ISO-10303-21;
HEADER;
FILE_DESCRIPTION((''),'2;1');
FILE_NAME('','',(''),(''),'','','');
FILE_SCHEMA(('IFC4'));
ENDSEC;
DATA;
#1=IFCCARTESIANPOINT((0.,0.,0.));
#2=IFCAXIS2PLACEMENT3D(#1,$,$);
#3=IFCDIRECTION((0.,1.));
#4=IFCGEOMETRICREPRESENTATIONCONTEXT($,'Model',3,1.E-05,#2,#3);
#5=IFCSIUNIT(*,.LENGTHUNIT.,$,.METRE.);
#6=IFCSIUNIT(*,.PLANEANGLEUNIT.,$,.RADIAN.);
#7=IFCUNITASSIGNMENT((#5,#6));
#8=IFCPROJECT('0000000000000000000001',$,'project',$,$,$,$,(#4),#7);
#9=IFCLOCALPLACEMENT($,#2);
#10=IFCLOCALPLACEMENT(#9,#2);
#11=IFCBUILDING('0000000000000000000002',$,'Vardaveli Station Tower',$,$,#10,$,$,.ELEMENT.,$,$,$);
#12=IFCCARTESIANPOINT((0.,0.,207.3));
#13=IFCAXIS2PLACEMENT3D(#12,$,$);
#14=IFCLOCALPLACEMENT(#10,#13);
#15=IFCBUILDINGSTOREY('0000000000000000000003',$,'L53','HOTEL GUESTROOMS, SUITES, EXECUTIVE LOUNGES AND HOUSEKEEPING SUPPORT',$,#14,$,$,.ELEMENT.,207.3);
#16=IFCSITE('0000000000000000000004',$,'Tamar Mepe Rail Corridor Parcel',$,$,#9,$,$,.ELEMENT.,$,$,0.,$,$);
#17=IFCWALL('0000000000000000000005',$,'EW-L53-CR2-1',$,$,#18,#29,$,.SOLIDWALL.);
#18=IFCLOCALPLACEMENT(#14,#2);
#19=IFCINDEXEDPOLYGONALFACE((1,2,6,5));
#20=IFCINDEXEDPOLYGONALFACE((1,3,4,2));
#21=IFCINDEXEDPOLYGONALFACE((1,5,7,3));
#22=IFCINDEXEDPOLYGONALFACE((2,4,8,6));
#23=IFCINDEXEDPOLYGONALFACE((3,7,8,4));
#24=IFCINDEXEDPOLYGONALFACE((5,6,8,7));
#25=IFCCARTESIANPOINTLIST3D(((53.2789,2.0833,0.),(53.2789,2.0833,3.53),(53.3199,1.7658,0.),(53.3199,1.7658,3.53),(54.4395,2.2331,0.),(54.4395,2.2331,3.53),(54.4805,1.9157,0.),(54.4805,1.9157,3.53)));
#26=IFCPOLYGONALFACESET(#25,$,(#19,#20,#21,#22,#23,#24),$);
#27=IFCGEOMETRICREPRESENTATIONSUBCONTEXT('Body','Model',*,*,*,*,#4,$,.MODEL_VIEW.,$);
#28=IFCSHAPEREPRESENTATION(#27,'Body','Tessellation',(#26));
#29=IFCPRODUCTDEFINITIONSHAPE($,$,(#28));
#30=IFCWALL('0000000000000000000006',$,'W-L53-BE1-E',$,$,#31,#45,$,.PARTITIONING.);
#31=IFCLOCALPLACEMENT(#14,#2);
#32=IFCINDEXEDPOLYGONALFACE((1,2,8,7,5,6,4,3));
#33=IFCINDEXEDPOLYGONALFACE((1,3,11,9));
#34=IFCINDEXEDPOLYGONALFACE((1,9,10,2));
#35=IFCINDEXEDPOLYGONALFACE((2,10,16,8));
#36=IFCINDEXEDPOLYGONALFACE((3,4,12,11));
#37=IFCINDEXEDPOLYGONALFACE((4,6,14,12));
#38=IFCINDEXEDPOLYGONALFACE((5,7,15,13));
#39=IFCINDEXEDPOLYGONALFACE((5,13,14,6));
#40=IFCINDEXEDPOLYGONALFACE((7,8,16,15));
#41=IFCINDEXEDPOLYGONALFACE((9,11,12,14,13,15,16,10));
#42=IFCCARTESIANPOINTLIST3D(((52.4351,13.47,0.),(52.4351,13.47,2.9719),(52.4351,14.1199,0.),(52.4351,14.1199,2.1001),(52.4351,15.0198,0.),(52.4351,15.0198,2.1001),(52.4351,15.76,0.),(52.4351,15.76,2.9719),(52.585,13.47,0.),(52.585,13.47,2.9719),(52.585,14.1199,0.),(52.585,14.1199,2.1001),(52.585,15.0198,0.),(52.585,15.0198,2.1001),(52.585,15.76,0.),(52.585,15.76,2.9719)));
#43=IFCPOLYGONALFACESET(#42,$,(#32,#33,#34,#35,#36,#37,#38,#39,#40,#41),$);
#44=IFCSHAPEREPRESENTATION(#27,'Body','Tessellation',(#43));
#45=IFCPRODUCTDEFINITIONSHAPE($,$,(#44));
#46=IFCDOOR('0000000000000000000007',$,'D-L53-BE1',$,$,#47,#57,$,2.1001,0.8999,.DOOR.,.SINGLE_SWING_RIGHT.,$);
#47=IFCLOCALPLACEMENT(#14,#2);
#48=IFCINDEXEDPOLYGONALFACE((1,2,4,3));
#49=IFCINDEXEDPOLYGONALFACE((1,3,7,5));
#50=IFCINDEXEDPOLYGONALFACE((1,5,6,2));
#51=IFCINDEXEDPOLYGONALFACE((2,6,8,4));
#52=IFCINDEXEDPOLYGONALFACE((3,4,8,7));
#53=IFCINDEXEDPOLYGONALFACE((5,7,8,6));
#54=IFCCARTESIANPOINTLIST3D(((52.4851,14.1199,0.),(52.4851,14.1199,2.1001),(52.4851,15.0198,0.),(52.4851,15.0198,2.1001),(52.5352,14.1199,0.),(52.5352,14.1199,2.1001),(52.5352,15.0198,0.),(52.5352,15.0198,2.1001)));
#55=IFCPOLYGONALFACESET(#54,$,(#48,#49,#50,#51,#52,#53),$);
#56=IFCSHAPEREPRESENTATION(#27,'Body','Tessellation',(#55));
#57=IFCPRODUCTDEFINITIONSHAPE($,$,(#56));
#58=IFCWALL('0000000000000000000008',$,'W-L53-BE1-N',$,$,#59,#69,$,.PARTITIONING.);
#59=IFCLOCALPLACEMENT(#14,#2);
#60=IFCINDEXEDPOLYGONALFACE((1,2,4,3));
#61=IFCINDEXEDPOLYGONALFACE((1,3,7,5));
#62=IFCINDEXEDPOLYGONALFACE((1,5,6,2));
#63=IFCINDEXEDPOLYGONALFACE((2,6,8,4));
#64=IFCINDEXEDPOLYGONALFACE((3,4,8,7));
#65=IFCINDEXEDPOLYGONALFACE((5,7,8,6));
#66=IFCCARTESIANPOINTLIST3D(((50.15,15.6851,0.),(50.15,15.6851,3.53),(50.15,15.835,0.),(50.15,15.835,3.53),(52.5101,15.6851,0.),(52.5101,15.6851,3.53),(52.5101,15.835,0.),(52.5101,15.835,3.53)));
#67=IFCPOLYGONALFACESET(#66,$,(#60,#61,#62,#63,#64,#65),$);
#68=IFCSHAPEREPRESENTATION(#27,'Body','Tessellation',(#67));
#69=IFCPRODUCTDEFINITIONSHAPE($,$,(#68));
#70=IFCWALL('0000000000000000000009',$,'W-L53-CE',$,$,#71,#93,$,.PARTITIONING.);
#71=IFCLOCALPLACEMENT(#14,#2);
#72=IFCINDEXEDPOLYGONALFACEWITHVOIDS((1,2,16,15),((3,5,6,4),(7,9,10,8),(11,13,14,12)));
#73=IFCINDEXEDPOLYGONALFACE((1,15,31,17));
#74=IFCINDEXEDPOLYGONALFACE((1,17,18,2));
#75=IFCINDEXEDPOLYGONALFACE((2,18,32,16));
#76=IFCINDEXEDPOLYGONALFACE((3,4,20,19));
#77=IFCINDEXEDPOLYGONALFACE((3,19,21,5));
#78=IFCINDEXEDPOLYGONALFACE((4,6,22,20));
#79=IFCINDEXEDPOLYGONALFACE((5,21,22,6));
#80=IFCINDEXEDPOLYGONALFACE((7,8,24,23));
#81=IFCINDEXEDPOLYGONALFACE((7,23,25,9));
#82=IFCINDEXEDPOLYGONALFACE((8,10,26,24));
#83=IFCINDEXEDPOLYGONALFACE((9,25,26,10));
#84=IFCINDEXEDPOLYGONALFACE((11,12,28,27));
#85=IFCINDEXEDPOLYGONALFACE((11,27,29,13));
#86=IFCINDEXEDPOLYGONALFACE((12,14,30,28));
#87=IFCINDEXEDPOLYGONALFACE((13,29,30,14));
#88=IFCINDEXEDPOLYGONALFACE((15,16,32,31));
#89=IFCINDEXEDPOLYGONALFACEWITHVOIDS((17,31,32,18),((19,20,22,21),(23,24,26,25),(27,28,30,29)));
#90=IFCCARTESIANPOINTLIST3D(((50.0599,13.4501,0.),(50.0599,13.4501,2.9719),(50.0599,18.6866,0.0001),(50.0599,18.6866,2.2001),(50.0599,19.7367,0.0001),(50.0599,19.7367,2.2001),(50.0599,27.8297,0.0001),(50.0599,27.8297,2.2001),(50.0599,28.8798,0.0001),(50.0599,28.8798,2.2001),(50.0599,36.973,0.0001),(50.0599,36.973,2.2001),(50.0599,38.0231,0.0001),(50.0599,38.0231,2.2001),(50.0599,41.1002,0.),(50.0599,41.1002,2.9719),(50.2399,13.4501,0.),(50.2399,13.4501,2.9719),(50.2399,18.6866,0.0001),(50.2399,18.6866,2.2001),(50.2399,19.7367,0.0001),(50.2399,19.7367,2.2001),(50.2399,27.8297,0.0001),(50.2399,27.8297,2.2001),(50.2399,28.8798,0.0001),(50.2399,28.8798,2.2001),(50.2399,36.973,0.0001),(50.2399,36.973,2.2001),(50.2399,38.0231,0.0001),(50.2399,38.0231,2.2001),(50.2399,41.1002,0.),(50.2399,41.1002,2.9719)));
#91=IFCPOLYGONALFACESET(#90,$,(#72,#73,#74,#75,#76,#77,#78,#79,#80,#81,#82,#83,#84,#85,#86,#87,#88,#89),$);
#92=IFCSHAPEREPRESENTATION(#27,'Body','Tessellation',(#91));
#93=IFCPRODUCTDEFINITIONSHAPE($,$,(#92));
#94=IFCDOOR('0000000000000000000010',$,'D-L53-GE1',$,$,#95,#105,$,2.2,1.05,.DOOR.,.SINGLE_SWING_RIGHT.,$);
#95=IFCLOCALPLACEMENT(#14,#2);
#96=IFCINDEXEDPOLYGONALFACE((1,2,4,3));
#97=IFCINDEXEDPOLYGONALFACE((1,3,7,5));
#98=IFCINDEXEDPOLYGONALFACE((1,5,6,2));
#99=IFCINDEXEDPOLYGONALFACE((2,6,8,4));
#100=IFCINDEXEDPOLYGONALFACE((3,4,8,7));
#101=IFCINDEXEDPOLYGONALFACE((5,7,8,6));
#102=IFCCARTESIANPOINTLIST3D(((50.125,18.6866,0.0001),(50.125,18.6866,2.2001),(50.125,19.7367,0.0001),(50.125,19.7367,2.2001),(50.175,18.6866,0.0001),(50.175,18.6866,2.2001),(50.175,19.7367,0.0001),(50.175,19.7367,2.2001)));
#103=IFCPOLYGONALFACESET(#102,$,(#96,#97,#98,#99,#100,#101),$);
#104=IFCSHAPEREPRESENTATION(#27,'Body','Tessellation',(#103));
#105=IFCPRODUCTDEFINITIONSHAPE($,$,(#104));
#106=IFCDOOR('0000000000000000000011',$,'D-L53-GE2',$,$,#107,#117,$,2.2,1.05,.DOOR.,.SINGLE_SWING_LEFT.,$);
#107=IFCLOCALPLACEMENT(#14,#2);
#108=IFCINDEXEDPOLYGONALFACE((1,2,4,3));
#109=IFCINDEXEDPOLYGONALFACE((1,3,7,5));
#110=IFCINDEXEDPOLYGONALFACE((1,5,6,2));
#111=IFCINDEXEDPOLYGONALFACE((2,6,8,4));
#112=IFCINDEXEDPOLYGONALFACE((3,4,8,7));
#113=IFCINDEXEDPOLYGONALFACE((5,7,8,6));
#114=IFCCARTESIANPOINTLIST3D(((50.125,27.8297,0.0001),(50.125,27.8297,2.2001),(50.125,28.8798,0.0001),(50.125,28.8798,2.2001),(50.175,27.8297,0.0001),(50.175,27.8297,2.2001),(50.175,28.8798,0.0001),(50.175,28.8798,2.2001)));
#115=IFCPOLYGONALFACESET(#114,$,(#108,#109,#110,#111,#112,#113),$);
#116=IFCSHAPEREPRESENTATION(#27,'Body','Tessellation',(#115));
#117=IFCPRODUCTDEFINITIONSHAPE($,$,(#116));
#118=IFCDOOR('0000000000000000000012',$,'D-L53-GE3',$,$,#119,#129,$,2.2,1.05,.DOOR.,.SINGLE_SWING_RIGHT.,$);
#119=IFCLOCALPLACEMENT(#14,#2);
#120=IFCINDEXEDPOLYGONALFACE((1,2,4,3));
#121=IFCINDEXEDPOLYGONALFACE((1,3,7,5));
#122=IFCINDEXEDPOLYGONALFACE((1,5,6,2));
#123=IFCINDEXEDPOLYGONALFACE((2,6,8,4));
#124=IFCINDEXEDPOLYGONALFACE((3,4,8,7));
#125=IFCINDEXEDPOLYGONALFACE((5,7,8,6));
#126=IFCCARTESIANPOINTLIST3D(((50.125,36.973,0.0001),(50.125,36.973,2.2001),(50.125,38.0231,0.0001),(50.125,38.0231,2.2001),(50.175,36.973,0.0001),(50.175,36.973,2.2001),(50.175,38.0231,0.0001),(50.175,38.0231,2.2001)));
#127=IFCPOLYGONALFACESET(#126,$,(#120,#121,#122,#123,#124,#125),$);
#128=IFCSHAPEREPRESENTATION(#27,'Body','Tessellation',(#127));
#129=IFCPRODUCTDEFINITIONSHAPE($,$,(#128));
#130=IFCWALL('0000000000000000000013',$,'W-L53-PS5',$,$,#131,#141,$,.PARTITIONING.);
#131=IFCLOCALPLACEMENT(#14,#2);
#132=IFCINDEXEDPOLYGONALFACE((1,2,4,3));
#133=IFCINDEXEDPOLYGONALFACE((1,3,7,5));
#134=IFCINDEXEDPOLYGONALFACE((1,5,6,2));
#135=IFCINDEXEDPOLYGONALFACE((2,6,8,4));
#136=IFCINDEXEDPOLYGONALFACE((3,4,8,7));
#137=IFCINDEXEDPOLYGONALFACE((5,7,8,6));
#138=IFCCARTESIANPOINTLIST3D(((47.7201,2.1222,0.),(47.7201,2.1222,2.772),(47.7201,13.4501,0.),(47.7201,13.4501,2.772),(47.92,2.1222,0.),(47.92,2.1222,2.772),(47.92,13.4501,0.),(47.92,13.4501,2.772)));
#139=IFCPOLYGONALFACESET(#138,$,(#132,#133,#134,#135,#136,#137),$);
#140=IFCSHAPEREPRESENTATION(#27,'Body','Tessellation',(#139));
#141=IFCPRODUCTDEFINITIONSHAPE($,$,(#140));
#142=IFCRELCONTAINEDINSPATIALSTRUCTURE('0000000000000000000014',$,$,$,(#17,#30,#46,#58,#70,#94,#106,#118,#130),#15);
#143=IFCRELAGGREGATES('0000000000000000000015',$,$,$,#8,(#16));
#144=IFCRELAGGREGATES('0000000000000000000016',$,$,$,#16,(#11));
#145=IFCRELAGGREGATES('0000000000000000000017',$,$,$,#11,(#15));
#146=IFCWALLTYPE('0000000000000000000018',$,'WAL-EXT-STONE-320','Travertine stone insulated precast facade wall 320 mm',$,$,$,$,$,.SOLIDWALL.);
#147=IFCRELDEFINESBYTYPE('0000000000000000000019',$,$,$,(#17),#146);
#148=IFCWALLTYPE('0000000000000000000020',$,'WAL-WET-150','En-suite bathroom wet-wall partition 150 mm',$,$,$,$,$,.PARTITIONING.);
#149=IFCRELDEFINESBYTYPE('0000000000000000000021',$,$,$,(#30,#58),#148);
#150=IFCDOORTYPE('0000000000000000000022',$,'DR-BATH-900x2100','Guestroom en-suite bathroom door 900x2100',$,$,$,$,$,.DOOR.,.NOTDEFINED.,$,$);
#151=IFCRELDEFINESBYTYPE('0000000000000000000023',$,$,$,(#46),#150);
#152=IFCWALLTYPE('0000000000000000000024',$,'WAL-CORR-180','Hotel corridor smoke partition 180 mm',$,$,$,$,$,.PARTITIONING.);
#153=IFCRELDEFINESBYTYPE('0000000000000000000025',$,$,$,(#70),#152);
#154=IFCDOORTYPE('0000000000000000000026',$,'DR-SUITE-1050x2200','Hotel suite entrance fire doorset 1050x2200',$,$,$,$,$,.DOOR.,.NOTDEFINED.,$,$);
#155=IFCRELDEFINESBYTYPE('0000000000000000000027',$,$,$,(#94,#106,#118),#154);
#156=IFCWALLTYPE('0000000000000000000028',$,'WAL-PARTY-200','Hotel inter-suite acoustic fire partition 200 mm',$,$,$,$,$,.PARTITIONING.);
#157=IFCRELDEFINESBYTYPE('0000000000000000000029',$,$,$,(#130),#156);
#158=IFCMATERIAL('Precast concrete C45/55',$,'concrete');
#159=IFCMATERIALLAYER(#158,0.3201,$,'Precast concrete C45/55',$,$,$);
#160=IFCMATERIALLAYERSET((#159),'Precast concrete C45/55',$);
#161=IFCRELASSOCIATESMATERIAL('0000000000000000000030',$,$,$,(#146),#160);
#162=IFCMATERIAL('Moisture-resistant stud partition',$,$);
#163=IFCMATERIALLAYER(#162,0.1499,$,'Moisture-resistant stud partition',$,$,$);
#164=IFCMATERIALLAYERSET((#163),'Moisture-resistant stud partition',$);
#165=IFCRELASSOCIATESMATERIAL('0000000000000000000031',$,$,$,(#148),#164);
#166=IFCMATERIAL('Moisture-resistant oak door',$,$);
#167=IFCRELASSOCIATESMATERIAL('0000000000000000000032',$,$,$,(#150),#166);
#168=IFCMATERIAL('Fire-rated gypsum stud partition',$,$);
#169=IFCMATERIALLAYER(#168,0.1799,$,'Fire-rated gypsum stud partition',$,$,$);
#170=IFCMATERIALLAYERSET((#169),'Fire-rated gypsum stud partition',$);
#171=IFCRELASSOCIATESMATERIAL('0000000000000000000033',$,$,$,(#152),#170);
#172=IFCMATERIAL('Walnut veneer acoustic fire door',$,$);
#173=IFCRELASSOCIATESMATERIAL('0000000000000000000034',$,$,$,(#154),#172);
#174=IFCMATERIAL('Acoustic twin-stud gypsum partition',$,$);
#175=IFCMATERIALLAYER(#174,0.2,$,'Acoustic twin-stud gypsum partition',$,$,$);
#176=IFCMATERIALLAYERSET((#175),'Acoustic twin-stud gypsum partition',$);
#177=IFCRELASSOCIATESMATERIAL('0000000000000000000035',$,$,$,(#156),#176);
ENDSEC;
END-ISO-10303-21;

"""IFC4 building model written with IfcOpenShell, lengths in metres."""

from ifc_helpers import new_model, si_unit, direction, frame, frame_2d, origin, place, context, subcontext, project, spatial, rectangle, extrude, source, transform, mapped, material, layer, layer_set, type_object, element, fill, save


model = new_model("IFC4")

# Units and contexts
model_context = context("Model", 3, precision=1e-05, world=origin(), true_north=direction((0.0, 1.0)))
body_context = subcontext(model_context, "Body", "Model", "MODEL_VIEW")
ifc_project = project(units=[si_unit("LENGTHUNIT", "METRE"), si_unit("PLANEANGLEUNIT", "RADIAN")], contexts=[model_context])

# Site, building, storey
site_placement = place(None, origin())
site = spatial("IfcSite", under=ifc_project, at=site_placement, Name="Tamar Mepe Rail Corridor Parcel", CompositionType="ELEMENT", RefElevation=0.0)
building_placement = place(site_placement, origin())
building = spatial("IfcBuilding", under=site, at=building_placement, Name="Vardaveli Station Tower", CompositionType="ELEMENT")
storey_placement = place(building_placement, frame((0.0, 0.0, 207.3)))
storey = spatial("IfcBuildingStorey", under=building, at=storey_placement, Name="L53", Description="HOTEL GUESTROOMS, SUITES, EXECUTIVE LOUNGES AND HOUSEKEEPING SUPPORT", CompositionType="ELEMENT", Elevation=207.3)

# Shared definitions
ifc_material_1 = material(Name="Precast concrete C45/55", Category="concrete")

# Shared definitions
ifc_layer_1 = layer(ifc_material_1, 0.3201, Name="Precast concrete C45/55")
ifc_layer_set_1 = layer_set([ifc_layer_1], Name="Precast concrete C45/55")
wall_type_1 = type_object("IfcWallType", Name="WAL-EXT-STONE-320", Description="Travertine stone insulated precast facade wall 320 mm", PredefinedType="SOLIDWALL", material=ifc_layer_set_1)

# Wall
shared_shape_1 = source(origin(), body_context, "Body", "SweptSolid", [
    extrude(rectangle(XDim=1.1702, YDim=0.3201, at=frame_2d((0.585, 0.0))), origin(), (0.0, 0.0, 1.0), 3.53),
])
wall_1_placement = place(storey_placement, frame((53.2996, 1.9246, 0.0), z_axis=(0.0, 0.0, 1.0), x_axis=(0.991762, 0.12809, 0.0)))
element("IfcWall", 1, at=wall_1_placement, inside=storey, type_object=wall_type_1, Name="EW-L53-CR2-1", PredefinedType="SOLIDWALL", context=body_context, shape_type="MappedRepresentation", body=[
    mapped(shared_shape_1, transform((0.0, 0.0, 0.0), scale=1.0)),
])

# Wall, opening, door
ifc_material_2 = material(Name="Moisture-resistant stud partition")
ifc_layer_2 = layer(ifc_material_2, 0.1499, Name="Moisture-resistant stud partition")
ifc_layer_set_2 = layer_set([ifc_layer_2], Name="Moisture-resistant stud partition")
wall_type_2 = type_object("IfcWallType", Name="WAL-WET-150", Description="En-suite bathroom wet-wall partition 150 mm", PredefinedType="PARTITIONING", material=ifc_layer_set_2)
shared_shape_2 = source(origin(), body_context, "Body", "SweptSolid", [
    extrude(rectangle(XDim=2.29, YDim=0.1499, at=frame_2d((1.145, 0.0))), origin(), (0.0, 0.0, 1.0), 2.9719),
])
wall_2_placement = place(storey_placement, frame((52.51, 13.47, 0.0), z_axis=(0.0, 0.0, 1.0), x_axis=(0.0, 1.0, 0.0)))
wall_2 = element("IfcWall", 2, at=wall_2_placement, inside=storey, type_object=wall_type_2, Name="W-L53-BE1-E", PredefinedType="PARTITIONING", context=body_context, shape_type="MappedRepresentation", body=[
    mapped(shared_shape_2, transform((0.0, 0.0, 0.0), scale=1.0)),
])
shared_shape_3 = source(origin(), body_context, "Body", "SweptSolid", [
    extrude(rectangle(XDim=0.8999, YDim=2.1001, at=frame_2d((0.45, 1.05))), frame((0.0, 0.085, 0.0), z_axis=(0.0, -1.0, 0.0), x_axis=(1.0, 0.0, 0.0)), (0.0, 0.0, 1.0), 0.1699),
])
opening_1_placement = place(wall_2_placement, frame((0.6499, 0.0, 0.0)))
opening_1 = element("IfcOpeningElement", 3, at=opening_1_placement, cuts=wall_2, PredefinedType="OPENING", context=body_context, shape_type="MappedRepresentation", body=[
    mapped(shared_shape_3, transform((0.0, 0.0, 0.0), scale=1.0)),
])
ifc_material_3 = material(Name="Moisture-resistant oak door")
door_type_1 = type_object("IfcDoorType", Name="DR-BATH-900x2100", Description="Guestroom en-suite bathroom door 900x2100", OperationType="NOTDEFINED", PredefinedType="DOOR", material=ifc_material_3)
shared_shape_4 = source(origin(), body_context, "Body", "SweptSolid", [
    extrude(rectangle(XDim=0.8999, YDim=2.1001, at=frame_2d((0.45, 1.05))), frame((0.0, 0.0249, 0.0), z_axis=(0.0, -1.0, 0.0), x_axis=(1.0, 0.0, 0.0)), (0.0, 0.0, 1.0), 0.05),
])
door_1_placement = place(opening_1_placement, origin())
door_1 = element("IfcDoor", 4, at=door_1_placement, inside=storey, type_object=door_type_1, Name="D-L53-BE1", OperationType="SINGLE_SWING_RIGHT", OverallHeight=2.1001, OverallWidth=0.8999, PredefinedType="DOOR", context=body_context, shape_type="MappedRepresentation", body=[
    mapped(shared_shape_4, transform((0.0, 0.0, 0.0), scale=1.0)),
])
fill(opening_1, door_1)

# Wall
shared_shape_5 = source(origin(), body_context, "Body", "SweptSolid", [
    extrude(rectangle(XDim=2.3601, YDim=0.1499, at=frame_2d((1.1802, 0.0))), origin(), (0.0, 0.0, 1.0), 3.53),
])
wall_3_placement = place(storey_placement, frame((50.1499, 15.76, 0.0), z_axis=(0.0, 0.0, 1.0), x_axis=(1.0, 0.0, 0.0)))
element("IfcWall", 5, at=wall_3_placement, inside=storey, type_object=wall_type_2, Name="W-L53-BE1-N", PredefinedType="PARTITIONING", context=body_context, shape_type="MappedRepresentation", body=[
    mapped(shared_shape_5, transform((0.0, 0.0, 0.0), scale=1.0)),
])

# Wall, openings, doors
ifc_material_4 = material(Name="Fire-rated gypsum stud partition")
ifc_layer_3 = layer(ifc_material_4, 0.1799, Name="Fire-rated gypsum stud partition")
ifc_layer_set_3 = layer_set([ifc_layer_3], Name="Fire-rated gypsum stud partition")
wall_type_3 = type_object("IfcWallType", Name="WAL-CORR-180", Description="Hotel corridor smoke partition 180 mm", PredefinedType="PARTITIONING", material=ifc_layer_set_3)
shared_shape_6 = source(origin(), body_context, "Body", "SweptSolid", [
    extrude(rectangle(XDim=27.6501, YDim=0.1799, at=frame_2d((13.8252, 0.0))), origin(), (0.0, 0.0, 1.0), 2.9719),
])
wall_4_placement = place(storey_placement, frame((50.1499, 13.45, 0.0), z_axis=(0.0, 0.0, 1.0), x_axis=(0.0, 1.0, 0.0)))
wall_4 = element("IfcWall", 6, at=wall_4_placement, inside=storey, type_object=wall_type_3, Name="W-L53-CE", PredefinedType="PARTITIONING", context=body_context, shape_type="MappedRepresentation", body=[
    mapped(shared_shape_6, transform((0.0, 0.0, 0.0), scale=1.0)),
])
shared_shape_7 = source(origin(), body_context, "Body", "SweptSolid", [
    extrude(rectangle(XDim=1.05, YDim=2.2, at=frame_2d((0.5249, 1.1001))), frame((0.0, 0.1001, 0.0), z_axis=(0.0, -1.0, 0.0), x_axis=(1.0, 0.0, 0.0)), (0.0, 0.0, 1.0), 0.2),
])
opening_2_placement = place(wall_4_placement, frame((5.2368, 0.0, 0.0)))
opening_2 = element("IfcOpeningElement", 7, at=opening_2_placement, cuts=wall_4, PredefinedType="OPENING", context=body_context, shape_type="MappedRepresentation", body=[
    mapped(shared_shape_7, transform((0.0, 0.0, 0.0), scale=1.0)),
])
opening_3_placement = place(wall_4_placement, frame((14.3799, 0.0, 0.0)))
opening_3 = element("IfcOpeningElement", 8, at=opening_3_placement, cuts=wall_4, PredefinedType="OPENING", context=body_context, shape_type="MappedRepresentation", body=[
    mapped(shared_shape_7, transform((0.0, 0.0, 0.0), scale=1.0)),
])
opening_4_placement = place(wall_4_placement, frame((23.5232, 0.0, 0.0)))
opening_4 = element("IfcOpeningElement", 9, at=opening_4_placement, cuts=wall_4, PredefinedType="OPENING", context=body_context, shape_type="MappedRepresentation", body=[
    mapped(shared_shape_7, transform((0.0, 0.0, 0.0), scale=1.0)),
])
ifc_material_5 = material(Name="Walnut veneer acoustic fire door")
door_type_2 = type_object("IfcDoorType", Name="DR-SUITE-1050x2200", Description="Hotel suite entrance fire doorset 1050x2200", OperationType="NOTDEFINED", PredefinedType="DOOR", material=ifc_material_5)
shared_shape_8 = source(origin(), body_context, "Body", "SweptSolid", [
    extrude(rectangle(XDim=1.05, YDim=2.2, at=frame_2d((0.5249, 1.1001))), frame((0.0, 0.0249, 0.0), z_axis=(0.0, -1.0, 0.0), x_axis=(1.0, 0.0, 0.0)), (0.0, 0.0, 1.0), 0.05),
])
door_2_placement = place(opening_2_placement, origin())
door_2 = element("IfcDoor", 10, at=door_2_placement, inside=storey, type_object=door_type_2, Name="D-L53-GE1", OperationType="SINGLE_SWING_RIGHT", OverallHeight=2.2, OverallWidth=1.05, PredefinedType="DOOR", context=body_context, shape_type="MappedRepresentation", body=[
    mapped(shared_shape_8, transform((0.0, 0.0, 0.0), scale=1.0)),
])
fill(opening_2, door_2)
door_3_placement = place(opening_3_placement, origin())
door_3 = element("IfcDoor", 11, at=door_3_placement, inside=storey, type_object=door_type_2, Name="D-L53-GE2", OperationType="SINGLE_SWING_LEFT", OverallHeight=2.2, OverallWidth=1.05, PredefinedType="DOOR", context=body_context, shape_type="MappedRepresentation", body=[
    mapped(shared_shape_8, transform((0.0, 0.0, 0.0), scale=1.0)),
])
fill(opening_3, door_3)
door_4_placement = place(opening_4_placement, origin())
door_4 = element("IfcDoor", 12, at=door_4_placement, inside=storey, type_object=door_type_2, Name="D-L53-GE3", OperationType="SINGLE_SWING_RIGHT", OverallHeight=2.2, OverallWidth=1.05, PredefinedType="DOOR", context=body_context, shape_type="MappedRepresentation", body=[
    mapped(shared_shape_8, transform((0.0, 0.0, 0.0), scale=1.0)),
])
fill(opening_4, door_4)

# Wall
ifc_material_6 = material(Name="Acoustic twin-stud gypsum partition")
ifc_layer_4 = layer(ifc_material_6, 0.2, Name="Acoustic twin-stud gypsum partition")
ifc_layer_set_4 = layer_set([ifc_layer_4], Name="Acoustic twin-stud gypsum partition")
wall_type_4 = type_object("IfcWallType", Name="WAL-PARTY-200", Description="Hotel inter-suite acoustic fire partition 200 mm", PredefinedType="PARTITIONING", material=ifc_layer_set_4)
shared_shape_9 = source(origin(), body_context, "Body", "SweptSolid", [
    extrude(rectangle(XDim=11.3279, YDim=0.2, at=frame_2d((5.6641, 0.0))), origin(), (0.0, 0.0, 1.0), 2.772),
])
wall_5_placement = place(storey_placement, frame((47.8201, 2.1221, 0.0), z_axis=(0.0, 0.0, 1.0), x_axis=(0.0, 1.0, 0.0)))
element("IfcWall", 13, at=wall_5_placement, inside=storey, type_object=wall_type_4, Name="W-L53-PS5", PredefinedType="PARTITIONING", context=body_context, shape_type="MappedRepresentation", body=[
    mapped(shared_shape_9, transform((0.0, 0.0, 0.0), scale=1.0)),
])

save(model, "model.ifc")
